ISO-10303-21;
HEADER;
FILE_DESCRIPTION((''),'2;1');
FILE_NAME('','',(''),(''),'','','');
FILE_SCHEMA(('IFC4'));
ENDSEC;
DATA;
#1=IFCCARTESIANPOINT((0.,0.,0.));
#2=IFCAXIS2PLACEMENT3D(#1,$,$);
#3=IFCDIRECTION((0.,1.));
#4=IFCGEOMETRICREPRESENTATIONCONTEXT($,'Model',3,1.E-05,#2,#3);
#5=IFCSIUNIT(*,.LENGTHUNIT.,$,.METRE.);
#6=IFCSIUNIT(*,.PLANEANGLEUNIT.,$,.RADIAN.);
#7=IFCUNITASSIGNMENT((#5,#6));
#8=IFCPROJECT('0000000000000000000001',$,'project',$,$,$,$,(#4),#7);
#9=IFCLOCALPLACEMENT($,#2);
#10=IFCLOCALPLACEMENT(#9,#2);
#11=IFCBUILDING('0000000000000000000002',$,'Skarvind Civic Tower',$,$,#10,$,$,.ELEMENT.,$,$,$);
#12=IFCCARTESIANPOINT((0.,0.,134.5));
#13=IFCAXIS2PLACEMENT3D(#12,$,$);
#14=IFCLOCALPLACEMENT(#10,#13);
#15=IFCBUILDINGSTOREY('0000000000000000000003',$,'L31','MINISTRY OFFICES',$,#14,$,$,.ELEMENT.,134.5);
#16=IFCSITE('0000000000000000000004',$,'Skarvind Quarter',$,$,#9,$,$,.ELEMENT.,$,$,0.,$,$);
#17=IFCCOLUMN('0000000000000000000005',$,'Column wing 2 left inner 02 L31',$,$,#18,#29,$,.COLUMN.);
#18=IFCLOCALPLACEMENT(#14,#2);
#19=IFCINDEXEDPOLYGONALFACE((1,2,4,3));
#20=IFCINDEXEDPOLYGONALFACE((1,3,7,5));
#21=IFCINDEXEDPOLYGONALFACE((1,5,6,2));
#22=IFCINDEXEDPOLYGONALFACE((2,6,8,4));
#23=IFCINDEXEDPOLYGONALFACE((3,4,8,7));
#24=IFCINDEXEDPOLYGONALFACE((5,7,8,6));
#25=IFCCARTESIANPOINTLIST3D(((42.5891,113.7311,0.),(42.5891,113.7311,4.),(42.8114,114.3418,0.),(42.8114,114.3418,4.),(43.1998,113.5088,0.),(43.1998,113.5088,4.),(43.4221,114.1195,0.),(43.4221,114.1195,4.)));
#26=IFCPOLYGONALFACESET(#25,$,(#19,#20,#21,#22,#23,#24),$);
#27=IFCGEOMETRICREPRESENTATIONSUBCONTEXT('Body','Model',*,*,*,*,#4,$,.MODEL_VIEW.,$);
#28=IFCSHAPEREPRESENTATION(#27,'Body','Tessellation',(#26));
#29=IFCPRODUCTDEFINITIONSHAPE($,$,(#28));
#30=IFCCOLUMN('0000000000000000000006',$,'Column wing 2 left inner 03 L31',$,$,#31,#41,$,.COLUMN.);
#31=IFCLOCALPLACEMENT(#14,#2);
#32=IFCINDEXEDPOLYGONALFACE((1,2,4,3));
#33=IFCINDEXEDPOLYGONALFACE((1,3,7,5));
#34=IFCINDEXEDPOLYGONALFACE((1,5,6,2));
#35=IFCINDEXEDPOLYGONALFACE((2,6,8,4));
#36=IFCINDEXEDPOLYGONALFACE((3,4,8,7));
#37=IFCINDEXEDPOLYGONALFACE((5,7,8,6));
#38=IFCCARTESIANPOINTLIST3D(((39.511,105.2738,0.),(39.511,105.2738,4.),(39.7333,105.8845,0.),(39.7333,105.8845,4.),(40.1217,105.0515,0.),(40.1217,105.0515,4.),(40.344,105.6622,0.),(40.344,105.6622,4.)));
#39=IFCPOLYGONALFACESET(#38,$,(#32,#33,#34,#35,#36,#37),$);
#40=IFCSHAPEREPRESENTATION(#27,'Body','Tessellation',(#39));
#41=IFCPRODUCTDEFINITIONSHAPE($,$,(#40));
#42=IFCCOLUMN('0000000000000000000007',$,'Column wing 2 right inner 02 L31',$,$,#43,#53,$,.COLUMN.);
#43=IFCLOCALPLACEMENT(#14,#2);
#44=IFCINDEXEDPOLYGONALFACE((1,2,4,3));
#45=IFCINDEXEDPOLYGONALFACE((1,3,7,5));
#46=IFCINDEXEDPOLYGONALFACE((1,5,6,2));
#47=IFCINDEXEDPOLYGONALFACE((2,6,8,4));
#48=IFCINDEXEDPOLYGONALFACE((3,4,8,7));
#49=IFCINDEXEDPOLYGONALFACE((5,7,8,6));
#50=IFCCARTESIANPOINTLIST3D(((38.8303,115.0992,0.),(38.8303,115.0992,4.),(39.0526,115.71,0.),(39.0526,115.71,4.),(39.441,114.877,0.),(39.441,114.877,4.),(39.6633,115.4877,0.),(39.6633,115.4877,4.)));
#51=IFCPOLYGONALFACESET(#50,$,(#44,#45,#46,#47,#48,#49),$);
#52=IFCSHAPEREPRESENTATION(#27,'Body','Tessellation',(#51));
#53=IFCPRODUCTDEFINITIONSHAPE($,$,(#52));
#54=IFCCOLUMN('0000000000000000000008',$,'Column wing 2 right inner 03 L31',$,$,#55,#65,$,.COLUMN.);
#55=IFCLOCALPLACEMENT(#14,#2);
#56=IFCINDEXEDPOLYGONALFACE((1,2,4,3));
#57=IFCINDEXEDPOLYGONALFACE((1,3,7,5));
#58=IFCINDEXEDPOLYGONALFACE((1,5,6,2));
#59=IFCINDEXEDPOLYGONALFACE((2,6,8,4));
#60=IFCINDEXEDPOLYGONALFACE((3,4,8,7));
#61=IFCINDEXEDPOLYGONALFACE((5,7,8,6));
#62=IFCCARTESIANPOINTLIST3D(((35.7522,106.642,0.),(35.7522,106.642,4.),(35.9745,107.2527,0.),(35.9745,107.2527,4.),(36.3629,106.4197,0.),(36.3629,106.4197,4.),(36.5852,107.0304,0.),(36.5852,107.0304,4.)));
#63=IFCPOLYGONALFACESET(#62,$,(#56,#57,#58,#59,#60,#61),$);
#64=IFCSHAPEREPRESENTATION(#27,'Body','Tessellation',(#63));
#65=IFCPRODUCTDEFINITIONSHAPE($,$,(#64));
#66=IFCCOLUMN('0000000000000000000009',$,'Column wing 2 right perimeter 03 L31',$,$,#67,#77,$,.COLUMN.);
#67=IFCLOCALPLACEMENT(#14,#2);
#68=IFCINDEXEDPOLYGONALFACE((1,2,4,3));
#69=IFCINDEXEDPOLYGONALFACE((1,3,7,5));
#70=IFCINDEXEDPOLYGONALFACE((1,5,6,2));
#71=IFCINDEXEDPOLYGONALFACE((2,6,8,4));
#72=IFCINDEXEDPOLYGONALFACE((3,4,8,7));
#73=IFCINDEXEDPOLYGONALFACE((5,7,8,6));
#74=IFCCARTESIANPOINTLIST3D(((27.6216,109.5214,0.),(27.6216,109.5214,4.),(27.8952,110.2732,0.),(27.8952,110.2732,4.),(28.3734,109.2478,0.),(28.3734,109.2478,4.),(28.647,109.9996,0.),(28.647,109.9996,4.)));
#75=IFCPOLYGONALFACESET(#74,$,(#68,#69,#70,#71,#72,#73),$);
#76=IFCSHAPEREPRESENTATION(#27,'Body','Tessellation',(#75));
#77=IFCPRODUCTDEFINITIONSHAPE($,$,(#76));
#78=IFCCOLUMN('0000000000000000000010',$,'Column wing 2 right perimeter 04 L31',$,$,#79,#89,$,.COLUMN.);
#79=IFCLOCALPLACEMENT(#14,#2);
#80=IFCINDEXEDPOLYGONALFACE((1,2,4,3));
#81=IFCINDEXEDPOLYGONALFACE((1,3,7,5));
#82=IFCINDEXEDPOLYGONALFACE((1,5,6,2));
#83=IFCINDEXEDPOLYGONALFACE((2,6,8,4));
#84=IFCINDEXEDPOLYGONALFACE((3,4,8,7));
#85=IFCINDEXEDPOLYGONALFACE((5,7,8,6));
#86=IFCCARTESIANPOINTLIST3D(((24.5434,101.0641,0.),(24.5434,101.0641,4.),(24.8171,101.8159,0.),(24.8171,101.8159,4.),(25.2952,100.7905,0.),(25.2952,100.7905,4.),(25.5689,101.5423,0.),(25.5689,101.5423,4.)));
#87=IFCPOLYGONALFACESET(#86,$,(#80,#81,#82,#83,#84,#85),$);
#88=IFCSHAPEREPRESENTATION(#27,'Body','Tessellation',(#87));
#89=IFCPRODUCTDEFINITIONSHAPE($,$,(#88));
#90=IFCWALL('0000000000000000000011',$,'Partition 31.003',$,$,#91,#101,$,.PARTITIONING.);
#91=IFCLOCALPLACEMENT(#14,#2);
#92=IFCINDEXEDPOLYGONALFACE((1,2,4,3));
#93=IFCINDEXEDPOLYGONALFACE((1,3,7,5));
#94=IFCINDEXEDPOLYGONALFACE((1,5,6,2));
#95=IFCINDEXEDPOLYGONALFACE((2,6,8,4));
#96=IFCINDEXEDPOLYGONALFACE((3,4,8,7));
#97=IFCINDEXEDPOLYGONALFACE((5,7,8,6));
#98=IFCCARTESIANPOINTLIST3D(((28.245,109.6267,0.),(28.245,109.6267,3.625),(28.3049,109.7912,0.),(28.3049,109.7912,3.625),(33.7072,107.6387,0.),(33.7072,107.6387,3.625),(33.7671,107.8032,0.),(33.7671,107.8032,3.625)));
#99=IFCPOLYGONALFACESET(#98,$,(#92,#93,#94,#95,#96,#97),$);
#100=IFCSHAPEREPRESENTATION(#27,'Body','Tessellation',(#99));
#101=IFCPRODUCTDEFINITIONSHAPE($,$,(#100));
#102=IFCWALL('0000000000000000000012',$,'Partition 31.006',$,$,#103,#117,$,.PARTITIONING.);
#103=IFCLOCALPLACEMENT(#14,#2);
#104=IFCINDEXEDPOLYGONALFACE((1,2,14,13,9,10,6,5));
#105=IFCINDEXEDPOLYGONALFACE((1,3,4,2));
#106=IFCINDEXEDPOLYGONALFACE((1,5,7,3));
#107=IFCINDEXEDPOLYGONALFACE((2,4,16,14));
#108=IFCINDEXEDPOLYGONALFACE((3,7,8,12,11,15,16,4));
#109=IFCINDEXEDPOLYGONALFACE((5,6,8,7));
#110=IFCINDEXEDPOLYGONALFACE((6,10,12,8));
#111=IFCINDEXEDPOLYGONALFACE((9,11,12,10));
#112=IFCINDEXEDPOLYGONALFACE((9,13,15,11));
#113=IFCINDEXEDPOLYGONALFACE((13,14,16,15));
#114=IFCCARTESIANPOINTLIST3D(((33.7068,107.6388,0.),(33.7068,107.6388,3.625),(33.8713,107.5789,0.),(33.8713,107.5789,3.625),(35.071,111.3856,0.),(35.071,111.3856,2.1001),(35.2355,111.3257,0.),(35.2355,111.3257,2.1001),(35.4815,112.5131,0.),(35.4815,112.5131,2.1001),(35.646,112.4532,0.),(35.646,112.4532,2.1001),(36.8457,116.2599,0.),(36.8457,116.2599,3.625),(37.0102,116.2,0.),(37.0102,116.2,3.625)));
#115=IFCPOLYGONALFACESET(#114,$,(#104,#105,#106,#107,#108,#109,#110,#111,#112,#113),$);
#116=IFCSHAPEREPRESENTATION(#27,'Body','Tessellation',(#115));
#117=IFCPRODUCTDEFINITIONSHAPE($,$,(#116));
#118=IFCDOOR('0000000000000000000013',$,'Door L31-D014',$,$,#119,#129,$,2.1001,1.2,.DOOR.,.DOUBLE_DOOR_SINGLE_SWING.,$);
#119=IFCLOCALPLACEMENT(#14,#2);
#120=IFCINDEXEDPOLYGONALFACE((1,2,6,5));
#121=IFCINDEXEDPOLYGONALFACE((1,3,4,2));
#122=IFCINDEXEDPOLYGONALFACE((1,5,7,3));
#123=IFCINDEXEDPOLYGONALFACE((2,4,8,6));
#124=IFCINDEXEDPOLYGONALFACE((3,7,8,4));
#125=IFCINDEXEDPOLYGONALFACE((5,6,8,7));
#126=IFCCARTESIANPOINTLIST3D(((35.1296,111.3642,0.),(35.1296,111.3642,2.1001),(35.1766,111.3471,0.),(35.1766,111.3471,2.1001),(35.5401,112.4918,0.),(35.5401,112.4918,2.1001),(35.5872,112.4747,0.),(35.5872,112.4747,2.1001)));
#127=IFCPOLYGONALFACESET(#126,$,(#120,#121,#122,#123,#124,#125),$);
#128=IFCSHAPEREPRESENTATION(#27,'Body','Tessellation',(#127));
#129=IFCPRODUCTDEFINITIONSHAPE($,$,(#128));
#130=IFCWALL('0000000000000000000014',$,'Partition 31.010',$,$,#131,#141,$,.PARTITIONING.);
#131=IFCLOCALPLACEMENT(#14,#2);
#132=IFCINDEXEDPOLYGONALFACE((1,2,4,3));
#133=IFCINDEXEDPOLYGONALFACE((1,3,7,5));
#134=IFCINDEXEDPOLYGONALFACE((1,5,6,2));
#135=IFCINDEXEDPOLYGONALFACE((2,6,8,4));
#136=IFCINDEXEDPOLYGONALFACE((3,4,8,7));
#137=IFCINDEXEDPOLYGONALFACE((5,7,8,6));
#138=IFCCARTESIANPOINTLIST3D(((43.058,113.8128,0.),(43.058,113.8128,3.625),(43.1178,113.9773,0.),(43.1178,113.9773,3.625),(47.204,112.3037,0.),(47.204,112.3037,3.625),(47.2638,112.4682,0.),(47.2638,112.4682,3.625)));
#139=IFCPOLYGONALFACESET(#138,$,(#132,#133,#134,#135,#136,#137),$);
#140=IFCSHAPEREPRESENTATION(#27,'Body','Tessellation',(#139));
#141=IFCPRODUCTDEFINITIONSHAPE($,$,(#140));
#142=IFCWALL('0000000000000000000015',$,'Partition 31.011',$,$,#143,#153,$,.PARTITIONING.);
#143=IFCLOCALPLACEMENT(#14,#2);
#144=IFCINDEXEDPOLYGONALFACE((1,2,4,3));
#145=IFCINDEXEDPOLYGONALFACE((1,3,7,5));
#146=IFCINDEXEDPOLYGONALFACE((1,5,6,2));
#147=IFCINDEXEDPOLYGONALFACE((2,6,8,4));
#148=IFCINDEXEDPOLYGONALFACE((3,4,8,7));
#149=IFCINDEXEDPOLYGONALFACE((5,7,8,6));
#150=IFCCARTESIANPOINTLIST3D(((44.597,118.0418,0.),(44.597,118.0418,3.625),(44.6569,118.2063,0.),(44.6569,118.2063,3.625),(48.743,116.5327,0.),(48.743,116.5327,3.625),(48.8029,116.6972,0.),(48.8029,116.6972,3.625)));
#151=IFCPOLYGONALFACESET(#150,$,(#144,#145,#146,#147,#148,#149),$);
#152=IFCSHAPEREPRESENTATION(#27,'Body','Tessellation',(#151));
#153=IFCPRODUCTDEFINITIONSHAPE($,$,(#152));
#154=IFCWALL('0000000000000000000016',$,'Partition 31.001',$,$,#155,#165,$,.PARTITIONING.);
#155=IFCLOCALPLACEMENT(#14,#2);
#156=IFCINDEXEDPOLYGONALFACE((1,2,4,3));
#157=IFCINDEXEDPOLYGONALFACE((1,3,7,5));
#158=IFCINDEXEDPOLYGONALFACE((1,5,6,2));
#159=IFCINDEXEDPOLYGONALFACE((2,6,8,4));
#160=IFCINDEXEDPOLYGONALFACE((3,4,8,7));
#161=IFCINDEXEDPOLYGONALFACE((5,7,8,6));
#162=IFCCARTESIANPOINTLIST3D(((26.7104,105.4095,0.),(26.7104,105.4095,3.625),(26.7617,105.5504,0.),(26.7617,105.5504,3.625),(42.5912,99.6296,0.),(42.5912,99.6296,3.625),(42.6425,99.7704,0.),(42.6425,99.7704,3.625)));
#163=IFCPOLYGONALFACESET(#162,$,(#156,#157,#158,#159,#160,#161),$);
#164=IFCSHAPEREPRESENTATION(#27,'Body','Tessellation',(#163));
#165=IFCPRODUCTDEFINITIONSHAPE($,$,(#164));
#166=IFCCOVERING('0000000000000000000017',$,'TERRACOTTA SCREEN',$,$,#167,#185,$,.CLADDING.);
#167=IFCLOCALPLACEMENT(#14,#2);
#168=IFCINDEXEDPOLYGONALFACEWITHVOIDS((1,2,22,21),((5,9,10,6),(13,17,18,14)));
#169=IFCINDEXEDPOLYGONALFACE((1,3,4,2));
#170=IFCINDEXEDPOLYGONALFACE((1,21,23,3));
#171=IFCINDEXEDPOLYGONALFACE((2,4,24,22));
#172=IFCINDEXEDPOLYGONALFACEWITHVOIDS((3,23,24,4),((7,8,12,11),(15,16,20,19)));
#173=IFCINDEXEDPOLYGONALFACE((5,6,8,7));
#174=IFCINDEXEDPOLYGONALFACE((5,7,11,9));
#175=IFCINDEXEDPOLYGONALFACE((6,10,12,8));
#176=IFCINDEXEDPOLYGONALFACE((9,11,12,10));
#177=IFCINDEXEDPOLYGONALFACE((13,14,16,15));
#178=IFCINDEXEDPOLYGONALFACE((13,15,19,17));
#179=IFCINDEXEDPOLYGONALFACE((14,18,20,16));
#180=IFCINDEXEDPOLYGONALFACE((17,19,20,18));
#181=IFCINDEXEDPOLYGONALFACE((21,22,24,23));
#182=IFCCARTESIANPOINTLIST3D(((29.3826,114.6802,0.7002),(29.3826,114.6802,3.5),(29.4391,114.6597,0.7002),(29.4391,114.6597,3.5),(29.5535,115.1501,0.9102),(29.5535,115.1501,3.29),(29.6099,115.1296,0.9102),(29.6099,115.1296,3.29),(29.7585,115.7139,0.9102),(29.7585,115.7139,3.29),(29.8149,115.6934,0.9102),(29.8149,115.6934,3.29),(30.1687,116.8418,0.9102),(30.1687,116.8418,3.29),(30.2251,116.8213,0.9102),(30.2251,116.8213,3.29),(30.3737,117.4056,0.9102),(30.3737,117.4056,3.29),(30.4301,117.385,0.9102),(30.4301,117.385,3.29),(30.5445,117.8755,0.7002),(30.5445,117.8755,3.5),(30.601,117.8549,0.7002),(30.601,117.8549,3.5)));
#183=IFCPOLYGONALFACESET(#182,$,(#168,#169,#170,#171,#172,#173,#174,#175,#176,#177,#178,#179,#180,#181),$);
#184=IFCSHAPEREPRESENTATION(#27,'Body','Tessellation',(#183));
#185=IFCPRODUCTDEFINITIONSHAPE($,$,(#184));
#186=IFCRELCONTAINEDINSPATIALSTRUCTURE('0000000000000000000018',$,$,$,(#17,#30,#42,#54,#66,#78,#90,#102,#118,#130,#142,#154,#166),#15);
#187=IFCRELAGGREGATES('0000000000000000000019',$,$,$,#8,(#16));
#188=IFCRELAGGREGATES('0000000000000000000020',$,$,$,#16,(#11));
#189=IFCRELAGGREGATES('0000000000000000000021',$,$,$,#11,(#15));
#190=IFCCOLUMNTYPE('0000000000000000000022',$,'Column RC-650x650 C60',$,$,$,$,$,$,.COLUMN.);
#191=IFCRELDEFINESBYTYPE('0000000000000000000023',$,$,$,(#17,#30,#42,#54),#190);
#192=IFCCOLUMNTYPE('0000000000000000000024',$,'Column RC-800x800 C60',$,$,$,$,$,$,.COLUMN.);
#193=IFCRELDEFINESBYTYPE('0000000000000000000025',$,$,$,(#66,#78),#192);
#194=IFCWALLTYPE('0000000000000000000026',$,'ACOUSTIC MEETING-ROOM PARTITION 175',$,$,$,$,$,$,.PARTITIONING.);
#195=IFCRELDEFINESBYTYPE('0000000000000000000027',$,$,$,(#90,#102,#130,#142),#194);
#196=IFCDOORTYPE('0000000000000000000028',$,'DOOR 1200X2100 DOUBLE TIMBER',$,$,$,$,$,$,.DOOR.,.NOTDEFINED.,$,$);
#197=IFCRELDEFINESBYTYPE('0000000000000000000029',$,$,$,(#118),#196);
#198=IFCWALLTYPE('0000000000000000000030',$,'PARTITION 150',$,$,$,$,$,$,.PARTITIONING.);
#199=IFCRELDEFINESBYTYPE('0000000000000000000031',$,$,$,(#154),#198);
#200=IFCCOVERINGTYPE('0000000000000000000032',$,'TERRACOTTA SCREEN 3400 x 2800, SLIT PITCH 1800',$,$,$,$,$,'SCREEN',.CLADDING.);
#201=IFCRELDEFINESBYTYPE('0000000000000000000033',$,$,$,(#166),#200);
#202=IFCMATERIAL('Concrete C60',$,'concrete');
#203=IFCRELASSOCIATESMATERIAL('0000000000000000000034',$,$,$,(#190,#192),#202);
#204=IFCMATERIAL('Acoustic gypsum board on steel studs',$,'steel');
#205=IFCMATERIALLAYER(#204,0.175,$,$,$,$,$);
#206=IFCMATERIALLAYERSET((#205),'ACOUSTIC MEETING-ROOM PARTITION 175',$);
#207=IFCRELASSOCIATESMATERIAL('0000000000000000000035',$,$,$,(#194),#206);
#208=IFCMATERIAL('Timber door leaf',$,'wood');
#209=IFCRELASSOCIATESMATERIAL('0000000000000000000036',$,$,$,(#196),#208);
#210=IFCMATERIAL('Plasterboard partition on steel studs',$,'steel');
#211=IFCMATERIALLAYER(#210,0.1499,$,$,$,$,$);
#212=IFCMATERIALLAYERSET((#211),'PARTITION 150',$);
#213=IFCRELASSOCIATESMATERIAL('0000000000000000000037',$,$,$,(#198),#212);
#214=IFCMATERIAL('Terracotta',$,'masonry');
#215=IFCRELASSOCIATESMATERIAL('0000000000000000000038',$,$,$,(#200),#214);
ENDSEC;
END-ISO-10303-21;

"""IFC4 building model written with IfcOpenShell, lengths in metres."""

from ifc_helpers import new_model, si_unit, direction, frame, frame_2d, origin, origin_2d, place, context, subcontext, project, spatial, polyline, rectangle, outline, extrude, material, layer, layer_set, material_profile, profile_set, type_object, element, fill, save


model = new_model("IFC4")

# Units and contexts
model_context = context("Model", 3, precision=1e-05, world=origin(), true_north=direction((0.0, 1.0)))
body_context = subcontext(model_context, "Body", "Model", "MODEL_VIEW")
ifc_project = project(units=[si_unit("LENGTHUNIT", "METRE"), si_unit("PLANEANGLEUNIT", "RADIAN")], contexts=[model_context])

# Site, building, storey
site_placement = place(None, origin())
site = spatial("IfcSite", under=ifc_project, at=site_placement, Name="Skarvind Quarter", CompositionType="ELEMENT", RefElevation=0.0)
building_placement = place(site_placement, origin())
building = spatial("IfcBuilding", under=site, at=building_placement, Name="Skarvind Civic Tower", CompositionType="ELEMENT")
storey_placement = place(building_placement, frame((0.0, 0.0, 134.5)))
storey = spatial("IfcBuildingStorey", under=building, at=storey_placement, Name="L31", Description="MINISTRY OFFICES", CompositionType="ELEMENT", Elevation=134.5)

# Columns
ifc_material_1 = material(Name="Concrete C60", Category="concrete")
ifc_material_profile_1 = material_profile(ifc_material_1, rectangle(XDim=0.6499, YDim=0.6499, at=origin_2d()), Name="RC-650x650")
ifc_profile_set_1 = profile_set([ifc_material_profile_1], Name="Concrete C60")
column_type_1 = type_object("IfcColumnType", Name="Column RC-650x650 C60", PredefinedType="COLUMN", material=ifc_profile_set_1)
for number, where, z_axis, x_axis, name in (
    (1, (43.0056, 113.9253, 0.0), (0.0, 0.0, 1.0), (-0.34202, -0.939693, 0.0), "Column wing 2 left inner 02 L31"),
    (2, (39.9275, 105.468, 0.0), (0.0, 0.0, 1.0), (-0.34202, -0.939693, 0.0), "Column wing 2 left inner 03 L31"),
    (3, (39.2468, 115.2935, 0.0), (0.0, 0.0, 1.0), (-0.34202, -0.939693, 0.0), "Column wing 2 right inner 02 L31"),
    (4, (36.1687, 106.8362, 0.0), (0.0, 0.0, 1.0), (-0.34202, -0.939693, 0.0), "Column wing 2 right inner 03 L31"),
):
    element("IfcColumn", number, at=place(storey_placement, frame(where, z_axis=z_axis, x_axis=x_axis)), inside=storey, type_object=column_type_1, Name=name, PredefinedType="COLUMN", context=body_context, shape_type="SweptSolid", body=[
        extrude(rectangle(XDim=0.6499, YDim=0.6499, at=origin_2d()), origin(), (0.0, 0.0, 1.0), 4.0),
    ])
ifc_material_profile_2 = material_profile(ifc_material_1, rectangle(XDim=0.8, YDim=0.8, at=origin_2d()), Name="RC-800x800")
ifc_profile_set_2 = profile_set([ifc_material_profile_2], Name="Concrete C60")
column_type_2 = type_object("IfcColumnType", Name="Column RC-800x800 C60", PredefinedType="COLUMN", material=ifc_profile_set_2)
for number, where, z_axis, x_axis, name in (
    (5, (28.1343, 109.7605, 0.0), (0.0, 0.0, 1.0), (-0.34202, -0.939693, 0.0), "Column wing 2 right perimeter 03 L31"),
    (6, (25.0562, 101.3032, 0.0), (0.0, 0.0, 1.0), (-0.34202, -0.939693, 0.0), "Column wing 2 right perimeter 04 L31"),
):
    element("IfcColumn", number, at=place(storey_placement, frame(where, z_axis=z_axis, x_axis=x_axis)), inside=storey, type_object=column_type_2, Name=name, PredefinedType="COLUMN", context=body_context, shape_type="SweptSolid", body=[
        extrude(rectangle(XDim=0.8, YDim=0.8, at=origin_2d()), origin(), (0.0, 0.0, 1.0), 4.0),
    ])

# Wall
ifc_material_2 = material(Name="Acoustic gypsum board on steel studs", Category="steel")
ifc_layer_1 = layer(ifc_material_2, 0.175)
ifc_layer_set_1 = layer_set([ifc_layer_1], Name="ACOUSTIC MEETING-ROOM PARTITION 175")
wall_type_1 = type_object("IfcWallType", Name="ACOUSTIC MEETING-ROOM PARTITION 175", PredefinedType="PARTITIONING", material=ifc_layer_set_1)
wall_1_placement = place(storey_placement, frame((33.7371, 107.7209, 0.0), z_axis=(0.0, 0.0, 1.0), x_axis=(-0.939694, 0.342016, 0.0)))
element("IfcWall", 7, at=wall_1_placement, inside=storey, type_object=wall_type_1, Name="Partition 31.003", PredefinedType="PARTITIONING", context=body_context, shape_type="SweptSolid", body=[
    extrude(rectangle(XDim=5.8127, YDim=0.175, at=frame_2d((2.9062, 0.0))), origin(), (0.0, 0.0, 1.0), 3.625),
])

# Wall, opening, door
wall_2_placement = place(storey_placement, frame((36.928, 116.23, 0.0), z_axis=(0.0, 0.0, 1.0), x_axis=(-0.342125, -0.939654, 0.0)))
wall_2 = element("IfcWall", 8, at=wall_2_placement, inside=storey, type_object=wall_type_1, Name="Partition 31.006", PredefinedType="PARTITIONING", context=body_context, shape_type="SweptSolid", body=[
    extrude(rectangle(XDim=9.1748, YDim=0.175, at=frame_2d((4.5874, 0.0))), origin(), (0.0, 0.0, 1.0), 3.625),
])
opening_placement = place(wall_2_placement, frame((3.9873, 0.0, 0.0)))
opening = element("IfcOpeningElement", 9, at=opening_placement, cuts=wall_2, PredefinedType="OPENING", context=body_context, shape_type="SweptSolid", body=[
    extrude(rectangle(XDim=1.2, YDim=2.1001, at=frame_2d((0.6001, 1.05))), frame((0.0, 0.0974, 0.0), z_axis=(0.0, -1.0, 0.0), x_axis=(1.0, 0.0, 0.0)), (0.0, 0.0, 1.0), 0.1951),
])
ifc_material_3 = material(Name="Timber door leaf", Category="wood")
door_type = type_object("IfcDoorType", Name="DOOR 1200X2100 DOUBLE TIMBER", OperationType="NOTDEFINED", PredefinedType="DOOR", material=ifc_material_3)
door_placement = place(opening_placement, origin())
door = element("IfcDoor", 10, at=door_placement, inside=storey, type_object=door_type, Name="Door L31-D014", OperationType="DOUBLE_DOOR_SINGLE_SWING", OverallHeight=2.1001, OverallWidth=1.2, PredefinedType="DOOR", context=body_context, shape_type="SweptSolid", body=[
    extrude(rectangle(XDim=1.2, YDim=2.1001, at=frame_2d((0.6001, 1.05))), frame((0.0, 0.0249, 0.0), z_axis=(0.0, -1.0, 0.0), x_axis=(1.0, 0.0, 0.0)), (0.0, 0.0, 1.0), 0.05),
])
fill(opening, door)

# Walls
for number, where, z_axis, x_axis, name in (
    (11, (43.0879, 113.895, 0.0), (0.0, 0.0, 1.0), (0.939692, -0.342023, 0.0), "Partition 31.010"),
    (12, (44.627, 118.124, 0.0), (0.0, 0.0, 1.0), (0.939692, -0.342023, 0.0), "Partition 31.011"),
):
    element("IfcWall", number, at=place(storey_placement, frame(where, z_axis=z_axis, x_axis=x_axis)), inside=storey, type_object=wall_type_1, Name=name, PredefinedType="PARTITIONING", context=body_context, shape_type="SweptSolid", body=[
        extrude(rectangle(XDim=4.4121, YDim=0.175, at=frame_2d((2.2061, 0.0))), origin(), (0.0, 0.0, 1.0), 3.625),
    ])
ifc_material_4 = material(Name="Plasterboard partition on steel studs", Category="steel")
ifc_layer_2 = layer(ifc_material_4, 0.1499)
ifc_layer_set_2 = layer_set([ifc_layer_2], Name="PARTITION 150")
wall_type_2 = type_object("IfcWallType", Name="PARTITION 150", PredefinedType="PARTITIONING", material=ifc_layer_set_2)
wall_3_placement = place(storey_placement, frame((26.7361, 105.48, 0.0), z_axis=(0.0, 0.0, 1.0), x_axis=(0.939695, -0.342013, 0.0)))
element("IfcWall", 13, at=wall_3_placement, inside=storey, type_object=wall_type_2, Name="Partition 31.001", PredefinedType="PARTITIONING", context=body_context, shape_type="SweptSolid", body=[
    extrude(rectangle(XDim=16.8999, YDim=0.1499, at=frame_2d((8.45, 0.0))), origin(), (0.0, 0.0, 1.0), 3.625),
])

# Covering
ifc_material_5 = material(Name="Terracotta", Category="masonry")
ifc_material_profile_3 = material_profile(ifc_material_5, outline(polyline([(-1.7, -1.3999), (1.7, -1.3999), (1.7, 1.3999), (-1.7, 1.3999), (-1.7, -1.3999)]), holes=[polyline([(-1.2, -1.1899), (-0.6001, -1.1899), (-0.6001, 1.1899), (-1.2, 1.1899), (-1.2, -1.1899)]), polyline([(0.6001, -1.1899), (1.2, -1.1899), (1.2, 1.1899), (0.6001, 1.1899), (0.6001, -1.1899)])]), Name="TERRACOTTA SCREEN 3400 x 2800, SLIT PITCH 1800")
ifc_profile_set_3 = profile_set([ifc_material_profile_3], Name="Terracotta")
covering_type = type_object("IfcCoveringType", Name="TERRACOTTA SCREEN 3400 x 2800, SLIT PITCH 1800", ElementType="SCREEN", PredefinedType="CLADDING", material=ifc_profile_set_3)
covering_placement = place(storey_placement, frame((30.02, 116.2573, 2.1001), z_axis=(-0.939793, 0.341743, 0.0), x_axis=(-0.341743, -0.939793, 0.0)))
element("IfcCovering", 14, at=covering_placement, inside=storey, type_object=covering_type, Name="TERRACOTTA SCREEN", PredefinedType="CLADDING", context=body_context, shape_type="SweptSolid", body=[
    extrude(outline(polyline([(-1.7, -1.3999), (1.7, -1.3999), (1.7, 1.3999), (-1.7, 1.3999), (-1.7, -1.3999)]), holes=[polyline([(-1.2, -1.1899), (-0.6001, -1.1899), (-0.6001, 1.1899), (-1.2, 1.1899), (-1.2, -1.1899)]), polyline([(0.6001, -1.1899), (1.2, -1.1899), (1.2, 1.1899), (0.6001, 1.1899), (0.6001, -1.1899)])]), origin(), (0.0, 0.0, 1.0), 0.0601),
])

save(model, "model.ifc")
